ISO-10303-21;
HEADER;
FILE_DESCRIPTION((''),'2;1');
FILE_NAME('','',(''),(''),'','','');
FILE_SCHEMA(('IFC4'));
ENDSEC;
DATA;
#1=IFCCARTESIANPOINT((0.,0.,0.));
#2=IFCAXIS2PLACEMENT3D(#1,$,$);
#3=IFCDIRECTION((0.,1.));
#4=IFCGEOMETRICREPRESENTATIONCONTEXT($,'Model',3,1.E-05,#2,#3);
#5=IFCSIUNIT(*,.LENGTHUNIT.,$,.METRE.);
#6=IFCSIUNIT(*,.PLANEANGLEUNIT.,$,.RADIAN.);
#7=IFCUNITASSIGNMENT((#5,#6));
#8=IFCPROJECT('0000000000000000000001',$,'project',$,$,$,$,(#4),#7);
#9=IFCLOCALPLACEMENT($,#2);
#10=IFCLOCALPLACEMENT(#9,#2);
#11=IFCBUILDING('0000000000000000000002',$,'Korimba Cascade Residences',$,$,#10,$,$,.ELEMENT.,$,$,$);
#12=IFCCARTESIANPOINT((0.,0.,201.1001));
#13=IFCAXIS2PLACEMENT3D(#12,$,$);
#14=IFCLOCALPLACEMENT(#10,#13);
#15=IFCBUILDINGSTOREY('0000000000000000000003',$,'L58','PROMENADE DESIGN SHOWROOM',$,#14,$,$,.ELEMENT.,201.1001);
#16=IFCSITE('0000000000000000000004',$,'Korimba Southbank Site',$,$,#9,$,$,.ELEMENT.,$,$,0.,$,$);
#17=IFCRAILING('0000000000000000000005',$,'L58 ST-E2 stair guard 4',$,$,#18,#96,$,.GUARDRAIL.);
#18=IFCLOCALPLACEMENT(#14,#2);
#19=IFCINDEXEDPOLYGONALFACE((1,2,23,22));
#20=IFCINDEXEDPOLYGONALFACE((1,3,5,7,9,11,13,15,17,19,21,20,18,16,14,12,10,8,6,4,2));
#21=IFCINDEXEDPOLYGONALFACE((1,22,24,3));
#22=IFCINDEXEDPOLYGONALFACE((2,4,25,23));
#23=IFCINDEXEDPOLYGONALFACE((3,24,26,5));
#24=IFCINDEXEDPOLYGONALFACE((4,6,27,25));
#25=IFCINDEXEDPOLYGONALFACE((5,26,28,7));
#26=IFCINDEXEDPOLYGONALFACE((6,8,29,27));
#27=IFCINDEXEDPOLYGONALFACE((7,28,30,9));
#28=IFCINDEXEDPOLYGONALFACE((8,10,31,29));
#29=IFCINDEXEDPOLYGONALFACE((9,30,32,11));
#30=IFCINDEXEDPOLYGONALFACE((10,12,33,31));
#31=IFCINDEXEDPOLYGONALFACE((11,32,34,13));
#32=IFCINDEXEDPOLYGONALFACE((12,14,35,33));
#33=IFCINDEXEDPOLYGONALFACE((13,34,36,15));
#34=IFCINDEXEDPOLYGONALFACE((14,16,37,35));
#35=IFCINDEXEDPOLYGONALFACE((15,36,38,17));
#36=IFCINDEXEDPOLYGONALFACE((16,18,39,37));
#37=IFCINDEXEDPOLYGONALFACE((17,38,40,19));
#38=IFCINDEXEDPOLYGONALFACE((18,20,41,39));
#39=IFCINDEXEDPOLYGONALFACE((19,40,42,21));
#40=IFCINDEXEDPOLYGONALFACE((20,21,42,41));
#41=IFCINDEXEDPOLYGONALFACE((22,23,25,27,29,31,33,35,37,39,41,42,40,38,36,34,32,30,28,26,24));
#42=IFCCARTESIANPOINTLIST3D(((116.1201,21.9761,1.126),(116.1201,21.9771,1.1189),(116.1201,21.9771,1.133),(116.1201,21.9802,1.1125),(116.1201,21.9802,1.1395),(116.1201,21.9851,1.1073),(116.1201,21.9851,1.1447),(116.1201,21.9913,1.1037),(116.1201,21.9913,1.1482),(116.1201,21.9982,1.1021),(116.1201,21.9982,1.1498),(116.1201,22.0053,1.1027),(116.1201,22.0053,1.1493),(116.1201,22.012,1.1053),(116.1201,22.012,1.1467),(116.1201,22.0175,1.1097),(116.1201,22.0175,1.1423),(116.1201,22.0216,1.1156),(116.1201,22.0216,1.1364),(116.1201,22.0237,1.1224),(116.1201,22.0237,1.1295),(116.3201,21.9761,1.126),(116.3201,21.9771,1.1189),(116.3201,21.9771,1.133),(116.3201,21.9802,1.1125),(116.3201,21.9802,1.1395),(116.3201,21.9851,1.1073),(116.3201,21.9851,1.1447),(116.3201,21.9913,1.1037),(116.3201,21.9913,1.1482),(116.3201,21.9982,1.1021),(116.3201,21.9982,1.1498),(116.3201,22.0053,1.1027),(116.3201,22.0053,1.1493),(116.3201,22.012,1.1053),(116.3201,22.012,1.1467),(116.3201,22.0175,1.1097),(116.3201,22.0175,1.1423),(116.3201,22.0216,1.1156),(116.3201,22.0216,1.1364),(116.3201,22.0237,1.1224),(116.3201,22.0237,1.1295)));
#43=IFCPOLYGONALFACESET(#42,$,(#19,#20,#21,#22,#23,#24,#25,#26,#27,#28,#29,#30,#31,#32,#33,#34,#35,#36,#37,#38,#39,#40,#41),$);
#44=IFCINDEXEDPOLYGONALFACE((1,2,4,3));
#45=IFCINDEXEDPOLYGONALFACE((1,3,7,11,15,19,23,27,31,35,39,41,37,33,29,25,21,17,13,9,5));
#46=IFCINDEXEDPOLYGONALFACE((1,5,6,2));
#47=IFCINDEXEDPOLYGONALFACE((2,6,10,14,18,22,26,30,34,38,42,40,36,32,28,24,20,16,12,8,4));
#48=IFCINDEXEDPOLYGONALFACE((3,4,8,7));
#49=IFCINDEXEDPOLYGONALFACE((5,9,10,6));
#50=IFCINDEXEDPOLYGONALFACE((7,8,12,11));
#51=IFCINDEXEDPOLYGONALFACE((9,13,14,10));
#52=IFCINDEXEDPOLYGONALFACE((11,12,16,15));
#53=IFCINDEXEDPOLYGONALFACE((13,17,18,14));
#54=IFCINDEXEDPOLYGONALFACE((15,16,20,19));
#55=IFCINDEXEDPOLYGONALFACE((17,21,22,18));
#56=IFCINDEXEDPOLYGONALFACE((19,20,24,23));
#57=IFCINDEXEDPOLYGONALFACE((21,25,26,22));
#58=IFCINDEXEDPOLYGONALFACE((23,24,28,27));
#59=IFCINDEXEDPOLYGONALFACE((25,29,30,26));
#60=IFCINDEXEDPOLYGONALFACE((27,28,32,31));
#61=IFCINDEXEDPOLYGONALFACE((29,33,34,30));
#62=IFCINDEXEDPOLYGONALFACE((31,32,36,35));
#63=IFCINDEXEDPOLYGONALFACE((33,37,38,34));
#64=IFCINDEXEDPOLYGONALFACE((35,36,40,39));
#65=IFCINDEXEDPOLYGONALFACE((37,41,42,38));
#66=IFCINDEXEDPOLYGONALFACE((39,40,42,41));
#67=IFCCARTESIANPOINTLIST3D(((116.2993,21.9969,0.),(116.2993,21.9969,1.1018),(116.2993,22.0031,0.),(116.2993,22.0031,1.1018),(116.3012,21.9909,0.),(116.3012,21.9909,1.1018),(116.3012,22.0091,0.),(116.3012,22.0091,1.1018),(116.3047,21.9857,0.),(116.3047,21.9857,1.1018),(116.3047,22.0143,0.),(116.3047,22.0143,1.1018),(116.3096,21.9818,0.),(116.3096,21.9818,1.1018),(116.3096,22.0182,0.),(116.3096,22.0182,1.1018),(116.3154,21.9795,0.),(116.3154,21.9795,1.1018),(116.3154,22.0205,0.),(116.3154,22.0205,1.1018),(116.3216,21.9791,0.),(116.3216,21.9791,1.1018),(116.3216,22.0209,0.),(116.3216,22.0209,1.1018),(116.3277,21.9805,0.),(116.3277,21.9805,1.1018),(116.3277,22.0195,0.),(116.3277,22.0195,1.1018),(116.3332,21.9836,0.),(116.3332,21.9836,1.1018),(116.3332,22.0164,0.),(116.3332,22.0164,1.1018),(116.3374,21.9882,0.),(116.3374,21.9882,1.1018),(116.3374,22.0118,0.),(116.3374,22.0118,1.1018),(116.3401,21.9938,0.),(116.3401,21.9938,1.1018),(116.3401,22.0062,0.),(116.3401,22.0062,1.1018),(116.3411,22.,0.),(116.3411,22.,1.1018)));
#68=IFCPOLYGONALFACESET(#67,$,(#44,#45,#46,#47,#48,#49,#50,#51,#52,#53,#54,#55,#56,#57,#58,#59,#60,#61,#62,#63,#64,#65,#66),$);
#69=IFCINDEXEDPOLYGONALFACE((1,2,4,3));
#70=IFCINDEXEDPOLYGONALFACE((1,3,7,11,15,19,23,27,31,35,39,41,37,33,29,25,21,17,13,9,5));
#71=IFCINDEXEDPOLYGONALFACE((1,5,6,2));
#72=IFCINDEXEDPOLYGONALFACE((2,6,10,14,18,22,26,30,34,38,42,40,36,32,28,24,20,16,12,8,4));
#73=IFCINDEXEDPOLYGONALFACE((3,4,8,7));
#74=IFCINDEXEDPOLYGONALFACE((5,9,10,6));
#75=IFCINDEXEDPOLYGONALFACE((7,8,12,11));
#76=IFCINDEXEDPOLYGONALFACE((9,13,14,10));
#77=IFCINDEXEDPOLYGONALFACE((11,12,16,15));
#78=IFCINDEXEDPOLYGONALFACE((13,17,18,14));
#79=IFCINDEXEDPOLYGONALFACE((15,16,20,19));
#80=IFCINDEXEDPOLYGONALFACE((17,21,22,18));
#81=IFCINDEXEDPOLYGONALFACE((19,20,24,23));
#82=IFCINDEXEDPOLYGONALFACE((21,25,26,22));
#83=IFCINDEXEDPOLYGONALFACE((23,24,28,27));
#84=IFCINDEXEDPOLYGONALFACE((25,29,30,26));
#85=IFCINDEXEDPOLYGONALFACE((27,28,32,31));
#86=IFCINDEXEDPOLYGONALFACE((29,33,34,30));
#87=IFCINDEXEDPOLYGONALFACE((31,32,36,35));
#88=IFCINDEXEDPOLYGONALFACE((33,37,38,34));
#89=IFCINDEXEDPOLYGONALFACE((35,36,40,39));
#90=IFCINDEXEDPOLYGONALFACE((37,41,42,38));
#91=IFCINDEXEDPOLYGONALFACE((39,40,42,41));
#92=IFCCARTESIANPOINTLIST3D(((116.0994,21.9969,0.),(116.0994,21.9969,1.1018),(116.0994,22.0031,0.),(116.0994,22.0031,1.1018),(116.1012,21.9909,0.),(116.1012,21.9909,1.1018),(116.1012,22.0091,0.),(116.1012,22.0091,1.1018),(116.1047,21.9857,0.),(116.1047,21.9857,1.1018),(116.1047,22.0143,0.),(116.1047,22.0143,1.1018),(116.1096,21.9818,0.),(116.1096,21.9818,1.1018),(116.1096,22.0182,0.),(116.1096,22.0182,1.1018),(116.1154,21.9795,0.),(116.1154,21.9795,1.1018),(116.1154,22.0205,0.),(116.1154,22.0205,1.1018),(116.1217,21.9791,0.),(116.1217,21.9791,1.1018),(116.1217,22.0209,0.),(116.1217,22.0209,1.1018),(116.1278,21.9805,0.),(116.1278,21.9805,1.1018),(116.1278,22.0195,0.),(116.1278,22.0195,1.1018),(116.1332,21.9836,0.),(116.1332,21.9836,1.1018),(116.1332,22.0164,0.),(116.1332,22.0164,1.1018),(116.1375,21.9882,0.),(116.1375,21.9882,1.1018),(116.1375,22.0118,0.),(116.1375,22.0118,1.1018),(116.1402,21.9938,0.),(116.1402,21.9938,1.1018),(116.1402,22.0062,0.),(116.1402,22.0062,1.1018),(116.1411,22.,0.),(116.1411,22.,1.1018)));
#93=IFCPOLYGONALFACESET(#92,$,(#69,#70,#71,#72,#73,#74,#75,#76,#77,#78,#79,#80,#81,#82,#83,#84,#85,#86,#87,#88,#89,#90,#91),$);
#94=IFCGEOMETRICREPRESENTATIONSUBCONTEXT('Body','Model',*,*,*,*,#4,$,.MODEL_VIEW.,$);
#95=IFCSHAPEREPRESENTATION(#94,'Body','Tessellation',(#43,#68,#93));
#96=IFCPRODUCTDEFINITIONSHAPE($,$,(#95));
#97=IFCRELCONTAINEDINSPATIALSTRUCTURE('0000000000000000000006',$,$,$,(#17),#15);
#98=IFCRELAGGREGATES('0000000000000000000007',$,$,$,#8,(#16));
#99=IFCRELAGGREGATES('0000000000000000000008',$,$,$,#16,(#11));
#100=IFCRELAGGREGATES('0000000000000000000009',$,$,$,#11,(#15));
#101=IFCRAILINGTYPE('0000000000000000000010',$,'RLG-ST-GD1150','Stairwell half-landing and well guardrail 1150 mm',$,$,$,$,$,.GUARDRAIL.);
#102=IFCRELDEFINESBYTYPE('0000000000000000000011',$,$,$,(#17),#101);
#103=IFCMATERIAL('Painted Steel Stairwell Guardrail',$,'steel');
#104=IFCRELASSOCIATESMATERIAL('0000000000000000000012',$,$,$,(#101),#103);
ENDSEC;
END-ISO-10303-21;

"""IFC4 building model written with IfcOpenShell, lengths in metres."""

from ifc_helpers import new_model, si_unit, direction, frame, origin, origin_2d, place, context, subcontext, project, spatial, circle, extrude, material, type_object, element, save


model = new_model("IFC4")

# Units and contexts
model_context = context("Model", 3, precision=1e-05, world=origin(), true_north=direction((0.0, 1.0)))
body_context = subcontext(model_context, "Body", "Model", "MODEL_VIEW")
ifc_project = project(units=[si_unit("LENGTHUNIT", "METRE"), si_unit("PLANEANGLEUNIT", "RADIAN")], contexts=[model_context])

# Site, building, storey
site_placement = place(None, origin())
site = spatial("IfcSite", under=ifc_project, at=site_placement, Name="Korimba Southbank Site", CompositionType="ELEMENT", RefElevation=0.0)
building_placement = place(site_placement, origin())
building = spatial("IfcBuilding", under=site, at=building_placement, Name="Korimba Cascade Residences", CompositionType="ELEMENT")
storey_placement = place(building_placement, frame((0.0, 0.0, 201.1001)))
storey = spatial("IfcBuildingStorey", under=building, at=storey_placement, Name="L58", Description="PROMENADE DESIGN SHOWROOM", CompositionType="ELEMENT", Elevation=201.1001)

# Railing
ifc_material_1 = material(Name="Painted Steel Stairwell Guardrail", Category="steel")
railing_type_1 = type_object("IfcRailingType", Name="RLG-ST-GD1150", Description="Stairwell half-landing and well guardrail 1150 mm", PredefinedType="GUARDRAIL", material=ifc_material_1)
railing_1_placement = place(storey_placement, frame((116.3201, 22.0, 0.0)))
element("IfcRailing", 1, at=railing_1_placement, inside=storey, type_object=railing_type_1, Name="L58 ST-E2 stair guard 4", PredefinedType="GUARDRAIL", context=body_context, shape_type="SweptSolid", body=[
    extrude(circle(Radius=0.0239, at=origin_2d()), frame((0.0, 0.0, 1.126), z_axis=(-1.0, 0.0, 0.0), x_axis=(0.0, -1.0, 0.0)), (0.0, 0.0, 1.0), 0.2),
    extrude(circle(Radius=0.021, at=origin_2d()), origin(), (0.0, 0.0, 1.0), 1.1018),
    extrude(circle(Radius=0.021, at=origin_2d()), frame((-0.2, 0.0, 0.0)), (0.0, 0.0, 1.0), 1.1018),
])

save(model, "model.ifc")
